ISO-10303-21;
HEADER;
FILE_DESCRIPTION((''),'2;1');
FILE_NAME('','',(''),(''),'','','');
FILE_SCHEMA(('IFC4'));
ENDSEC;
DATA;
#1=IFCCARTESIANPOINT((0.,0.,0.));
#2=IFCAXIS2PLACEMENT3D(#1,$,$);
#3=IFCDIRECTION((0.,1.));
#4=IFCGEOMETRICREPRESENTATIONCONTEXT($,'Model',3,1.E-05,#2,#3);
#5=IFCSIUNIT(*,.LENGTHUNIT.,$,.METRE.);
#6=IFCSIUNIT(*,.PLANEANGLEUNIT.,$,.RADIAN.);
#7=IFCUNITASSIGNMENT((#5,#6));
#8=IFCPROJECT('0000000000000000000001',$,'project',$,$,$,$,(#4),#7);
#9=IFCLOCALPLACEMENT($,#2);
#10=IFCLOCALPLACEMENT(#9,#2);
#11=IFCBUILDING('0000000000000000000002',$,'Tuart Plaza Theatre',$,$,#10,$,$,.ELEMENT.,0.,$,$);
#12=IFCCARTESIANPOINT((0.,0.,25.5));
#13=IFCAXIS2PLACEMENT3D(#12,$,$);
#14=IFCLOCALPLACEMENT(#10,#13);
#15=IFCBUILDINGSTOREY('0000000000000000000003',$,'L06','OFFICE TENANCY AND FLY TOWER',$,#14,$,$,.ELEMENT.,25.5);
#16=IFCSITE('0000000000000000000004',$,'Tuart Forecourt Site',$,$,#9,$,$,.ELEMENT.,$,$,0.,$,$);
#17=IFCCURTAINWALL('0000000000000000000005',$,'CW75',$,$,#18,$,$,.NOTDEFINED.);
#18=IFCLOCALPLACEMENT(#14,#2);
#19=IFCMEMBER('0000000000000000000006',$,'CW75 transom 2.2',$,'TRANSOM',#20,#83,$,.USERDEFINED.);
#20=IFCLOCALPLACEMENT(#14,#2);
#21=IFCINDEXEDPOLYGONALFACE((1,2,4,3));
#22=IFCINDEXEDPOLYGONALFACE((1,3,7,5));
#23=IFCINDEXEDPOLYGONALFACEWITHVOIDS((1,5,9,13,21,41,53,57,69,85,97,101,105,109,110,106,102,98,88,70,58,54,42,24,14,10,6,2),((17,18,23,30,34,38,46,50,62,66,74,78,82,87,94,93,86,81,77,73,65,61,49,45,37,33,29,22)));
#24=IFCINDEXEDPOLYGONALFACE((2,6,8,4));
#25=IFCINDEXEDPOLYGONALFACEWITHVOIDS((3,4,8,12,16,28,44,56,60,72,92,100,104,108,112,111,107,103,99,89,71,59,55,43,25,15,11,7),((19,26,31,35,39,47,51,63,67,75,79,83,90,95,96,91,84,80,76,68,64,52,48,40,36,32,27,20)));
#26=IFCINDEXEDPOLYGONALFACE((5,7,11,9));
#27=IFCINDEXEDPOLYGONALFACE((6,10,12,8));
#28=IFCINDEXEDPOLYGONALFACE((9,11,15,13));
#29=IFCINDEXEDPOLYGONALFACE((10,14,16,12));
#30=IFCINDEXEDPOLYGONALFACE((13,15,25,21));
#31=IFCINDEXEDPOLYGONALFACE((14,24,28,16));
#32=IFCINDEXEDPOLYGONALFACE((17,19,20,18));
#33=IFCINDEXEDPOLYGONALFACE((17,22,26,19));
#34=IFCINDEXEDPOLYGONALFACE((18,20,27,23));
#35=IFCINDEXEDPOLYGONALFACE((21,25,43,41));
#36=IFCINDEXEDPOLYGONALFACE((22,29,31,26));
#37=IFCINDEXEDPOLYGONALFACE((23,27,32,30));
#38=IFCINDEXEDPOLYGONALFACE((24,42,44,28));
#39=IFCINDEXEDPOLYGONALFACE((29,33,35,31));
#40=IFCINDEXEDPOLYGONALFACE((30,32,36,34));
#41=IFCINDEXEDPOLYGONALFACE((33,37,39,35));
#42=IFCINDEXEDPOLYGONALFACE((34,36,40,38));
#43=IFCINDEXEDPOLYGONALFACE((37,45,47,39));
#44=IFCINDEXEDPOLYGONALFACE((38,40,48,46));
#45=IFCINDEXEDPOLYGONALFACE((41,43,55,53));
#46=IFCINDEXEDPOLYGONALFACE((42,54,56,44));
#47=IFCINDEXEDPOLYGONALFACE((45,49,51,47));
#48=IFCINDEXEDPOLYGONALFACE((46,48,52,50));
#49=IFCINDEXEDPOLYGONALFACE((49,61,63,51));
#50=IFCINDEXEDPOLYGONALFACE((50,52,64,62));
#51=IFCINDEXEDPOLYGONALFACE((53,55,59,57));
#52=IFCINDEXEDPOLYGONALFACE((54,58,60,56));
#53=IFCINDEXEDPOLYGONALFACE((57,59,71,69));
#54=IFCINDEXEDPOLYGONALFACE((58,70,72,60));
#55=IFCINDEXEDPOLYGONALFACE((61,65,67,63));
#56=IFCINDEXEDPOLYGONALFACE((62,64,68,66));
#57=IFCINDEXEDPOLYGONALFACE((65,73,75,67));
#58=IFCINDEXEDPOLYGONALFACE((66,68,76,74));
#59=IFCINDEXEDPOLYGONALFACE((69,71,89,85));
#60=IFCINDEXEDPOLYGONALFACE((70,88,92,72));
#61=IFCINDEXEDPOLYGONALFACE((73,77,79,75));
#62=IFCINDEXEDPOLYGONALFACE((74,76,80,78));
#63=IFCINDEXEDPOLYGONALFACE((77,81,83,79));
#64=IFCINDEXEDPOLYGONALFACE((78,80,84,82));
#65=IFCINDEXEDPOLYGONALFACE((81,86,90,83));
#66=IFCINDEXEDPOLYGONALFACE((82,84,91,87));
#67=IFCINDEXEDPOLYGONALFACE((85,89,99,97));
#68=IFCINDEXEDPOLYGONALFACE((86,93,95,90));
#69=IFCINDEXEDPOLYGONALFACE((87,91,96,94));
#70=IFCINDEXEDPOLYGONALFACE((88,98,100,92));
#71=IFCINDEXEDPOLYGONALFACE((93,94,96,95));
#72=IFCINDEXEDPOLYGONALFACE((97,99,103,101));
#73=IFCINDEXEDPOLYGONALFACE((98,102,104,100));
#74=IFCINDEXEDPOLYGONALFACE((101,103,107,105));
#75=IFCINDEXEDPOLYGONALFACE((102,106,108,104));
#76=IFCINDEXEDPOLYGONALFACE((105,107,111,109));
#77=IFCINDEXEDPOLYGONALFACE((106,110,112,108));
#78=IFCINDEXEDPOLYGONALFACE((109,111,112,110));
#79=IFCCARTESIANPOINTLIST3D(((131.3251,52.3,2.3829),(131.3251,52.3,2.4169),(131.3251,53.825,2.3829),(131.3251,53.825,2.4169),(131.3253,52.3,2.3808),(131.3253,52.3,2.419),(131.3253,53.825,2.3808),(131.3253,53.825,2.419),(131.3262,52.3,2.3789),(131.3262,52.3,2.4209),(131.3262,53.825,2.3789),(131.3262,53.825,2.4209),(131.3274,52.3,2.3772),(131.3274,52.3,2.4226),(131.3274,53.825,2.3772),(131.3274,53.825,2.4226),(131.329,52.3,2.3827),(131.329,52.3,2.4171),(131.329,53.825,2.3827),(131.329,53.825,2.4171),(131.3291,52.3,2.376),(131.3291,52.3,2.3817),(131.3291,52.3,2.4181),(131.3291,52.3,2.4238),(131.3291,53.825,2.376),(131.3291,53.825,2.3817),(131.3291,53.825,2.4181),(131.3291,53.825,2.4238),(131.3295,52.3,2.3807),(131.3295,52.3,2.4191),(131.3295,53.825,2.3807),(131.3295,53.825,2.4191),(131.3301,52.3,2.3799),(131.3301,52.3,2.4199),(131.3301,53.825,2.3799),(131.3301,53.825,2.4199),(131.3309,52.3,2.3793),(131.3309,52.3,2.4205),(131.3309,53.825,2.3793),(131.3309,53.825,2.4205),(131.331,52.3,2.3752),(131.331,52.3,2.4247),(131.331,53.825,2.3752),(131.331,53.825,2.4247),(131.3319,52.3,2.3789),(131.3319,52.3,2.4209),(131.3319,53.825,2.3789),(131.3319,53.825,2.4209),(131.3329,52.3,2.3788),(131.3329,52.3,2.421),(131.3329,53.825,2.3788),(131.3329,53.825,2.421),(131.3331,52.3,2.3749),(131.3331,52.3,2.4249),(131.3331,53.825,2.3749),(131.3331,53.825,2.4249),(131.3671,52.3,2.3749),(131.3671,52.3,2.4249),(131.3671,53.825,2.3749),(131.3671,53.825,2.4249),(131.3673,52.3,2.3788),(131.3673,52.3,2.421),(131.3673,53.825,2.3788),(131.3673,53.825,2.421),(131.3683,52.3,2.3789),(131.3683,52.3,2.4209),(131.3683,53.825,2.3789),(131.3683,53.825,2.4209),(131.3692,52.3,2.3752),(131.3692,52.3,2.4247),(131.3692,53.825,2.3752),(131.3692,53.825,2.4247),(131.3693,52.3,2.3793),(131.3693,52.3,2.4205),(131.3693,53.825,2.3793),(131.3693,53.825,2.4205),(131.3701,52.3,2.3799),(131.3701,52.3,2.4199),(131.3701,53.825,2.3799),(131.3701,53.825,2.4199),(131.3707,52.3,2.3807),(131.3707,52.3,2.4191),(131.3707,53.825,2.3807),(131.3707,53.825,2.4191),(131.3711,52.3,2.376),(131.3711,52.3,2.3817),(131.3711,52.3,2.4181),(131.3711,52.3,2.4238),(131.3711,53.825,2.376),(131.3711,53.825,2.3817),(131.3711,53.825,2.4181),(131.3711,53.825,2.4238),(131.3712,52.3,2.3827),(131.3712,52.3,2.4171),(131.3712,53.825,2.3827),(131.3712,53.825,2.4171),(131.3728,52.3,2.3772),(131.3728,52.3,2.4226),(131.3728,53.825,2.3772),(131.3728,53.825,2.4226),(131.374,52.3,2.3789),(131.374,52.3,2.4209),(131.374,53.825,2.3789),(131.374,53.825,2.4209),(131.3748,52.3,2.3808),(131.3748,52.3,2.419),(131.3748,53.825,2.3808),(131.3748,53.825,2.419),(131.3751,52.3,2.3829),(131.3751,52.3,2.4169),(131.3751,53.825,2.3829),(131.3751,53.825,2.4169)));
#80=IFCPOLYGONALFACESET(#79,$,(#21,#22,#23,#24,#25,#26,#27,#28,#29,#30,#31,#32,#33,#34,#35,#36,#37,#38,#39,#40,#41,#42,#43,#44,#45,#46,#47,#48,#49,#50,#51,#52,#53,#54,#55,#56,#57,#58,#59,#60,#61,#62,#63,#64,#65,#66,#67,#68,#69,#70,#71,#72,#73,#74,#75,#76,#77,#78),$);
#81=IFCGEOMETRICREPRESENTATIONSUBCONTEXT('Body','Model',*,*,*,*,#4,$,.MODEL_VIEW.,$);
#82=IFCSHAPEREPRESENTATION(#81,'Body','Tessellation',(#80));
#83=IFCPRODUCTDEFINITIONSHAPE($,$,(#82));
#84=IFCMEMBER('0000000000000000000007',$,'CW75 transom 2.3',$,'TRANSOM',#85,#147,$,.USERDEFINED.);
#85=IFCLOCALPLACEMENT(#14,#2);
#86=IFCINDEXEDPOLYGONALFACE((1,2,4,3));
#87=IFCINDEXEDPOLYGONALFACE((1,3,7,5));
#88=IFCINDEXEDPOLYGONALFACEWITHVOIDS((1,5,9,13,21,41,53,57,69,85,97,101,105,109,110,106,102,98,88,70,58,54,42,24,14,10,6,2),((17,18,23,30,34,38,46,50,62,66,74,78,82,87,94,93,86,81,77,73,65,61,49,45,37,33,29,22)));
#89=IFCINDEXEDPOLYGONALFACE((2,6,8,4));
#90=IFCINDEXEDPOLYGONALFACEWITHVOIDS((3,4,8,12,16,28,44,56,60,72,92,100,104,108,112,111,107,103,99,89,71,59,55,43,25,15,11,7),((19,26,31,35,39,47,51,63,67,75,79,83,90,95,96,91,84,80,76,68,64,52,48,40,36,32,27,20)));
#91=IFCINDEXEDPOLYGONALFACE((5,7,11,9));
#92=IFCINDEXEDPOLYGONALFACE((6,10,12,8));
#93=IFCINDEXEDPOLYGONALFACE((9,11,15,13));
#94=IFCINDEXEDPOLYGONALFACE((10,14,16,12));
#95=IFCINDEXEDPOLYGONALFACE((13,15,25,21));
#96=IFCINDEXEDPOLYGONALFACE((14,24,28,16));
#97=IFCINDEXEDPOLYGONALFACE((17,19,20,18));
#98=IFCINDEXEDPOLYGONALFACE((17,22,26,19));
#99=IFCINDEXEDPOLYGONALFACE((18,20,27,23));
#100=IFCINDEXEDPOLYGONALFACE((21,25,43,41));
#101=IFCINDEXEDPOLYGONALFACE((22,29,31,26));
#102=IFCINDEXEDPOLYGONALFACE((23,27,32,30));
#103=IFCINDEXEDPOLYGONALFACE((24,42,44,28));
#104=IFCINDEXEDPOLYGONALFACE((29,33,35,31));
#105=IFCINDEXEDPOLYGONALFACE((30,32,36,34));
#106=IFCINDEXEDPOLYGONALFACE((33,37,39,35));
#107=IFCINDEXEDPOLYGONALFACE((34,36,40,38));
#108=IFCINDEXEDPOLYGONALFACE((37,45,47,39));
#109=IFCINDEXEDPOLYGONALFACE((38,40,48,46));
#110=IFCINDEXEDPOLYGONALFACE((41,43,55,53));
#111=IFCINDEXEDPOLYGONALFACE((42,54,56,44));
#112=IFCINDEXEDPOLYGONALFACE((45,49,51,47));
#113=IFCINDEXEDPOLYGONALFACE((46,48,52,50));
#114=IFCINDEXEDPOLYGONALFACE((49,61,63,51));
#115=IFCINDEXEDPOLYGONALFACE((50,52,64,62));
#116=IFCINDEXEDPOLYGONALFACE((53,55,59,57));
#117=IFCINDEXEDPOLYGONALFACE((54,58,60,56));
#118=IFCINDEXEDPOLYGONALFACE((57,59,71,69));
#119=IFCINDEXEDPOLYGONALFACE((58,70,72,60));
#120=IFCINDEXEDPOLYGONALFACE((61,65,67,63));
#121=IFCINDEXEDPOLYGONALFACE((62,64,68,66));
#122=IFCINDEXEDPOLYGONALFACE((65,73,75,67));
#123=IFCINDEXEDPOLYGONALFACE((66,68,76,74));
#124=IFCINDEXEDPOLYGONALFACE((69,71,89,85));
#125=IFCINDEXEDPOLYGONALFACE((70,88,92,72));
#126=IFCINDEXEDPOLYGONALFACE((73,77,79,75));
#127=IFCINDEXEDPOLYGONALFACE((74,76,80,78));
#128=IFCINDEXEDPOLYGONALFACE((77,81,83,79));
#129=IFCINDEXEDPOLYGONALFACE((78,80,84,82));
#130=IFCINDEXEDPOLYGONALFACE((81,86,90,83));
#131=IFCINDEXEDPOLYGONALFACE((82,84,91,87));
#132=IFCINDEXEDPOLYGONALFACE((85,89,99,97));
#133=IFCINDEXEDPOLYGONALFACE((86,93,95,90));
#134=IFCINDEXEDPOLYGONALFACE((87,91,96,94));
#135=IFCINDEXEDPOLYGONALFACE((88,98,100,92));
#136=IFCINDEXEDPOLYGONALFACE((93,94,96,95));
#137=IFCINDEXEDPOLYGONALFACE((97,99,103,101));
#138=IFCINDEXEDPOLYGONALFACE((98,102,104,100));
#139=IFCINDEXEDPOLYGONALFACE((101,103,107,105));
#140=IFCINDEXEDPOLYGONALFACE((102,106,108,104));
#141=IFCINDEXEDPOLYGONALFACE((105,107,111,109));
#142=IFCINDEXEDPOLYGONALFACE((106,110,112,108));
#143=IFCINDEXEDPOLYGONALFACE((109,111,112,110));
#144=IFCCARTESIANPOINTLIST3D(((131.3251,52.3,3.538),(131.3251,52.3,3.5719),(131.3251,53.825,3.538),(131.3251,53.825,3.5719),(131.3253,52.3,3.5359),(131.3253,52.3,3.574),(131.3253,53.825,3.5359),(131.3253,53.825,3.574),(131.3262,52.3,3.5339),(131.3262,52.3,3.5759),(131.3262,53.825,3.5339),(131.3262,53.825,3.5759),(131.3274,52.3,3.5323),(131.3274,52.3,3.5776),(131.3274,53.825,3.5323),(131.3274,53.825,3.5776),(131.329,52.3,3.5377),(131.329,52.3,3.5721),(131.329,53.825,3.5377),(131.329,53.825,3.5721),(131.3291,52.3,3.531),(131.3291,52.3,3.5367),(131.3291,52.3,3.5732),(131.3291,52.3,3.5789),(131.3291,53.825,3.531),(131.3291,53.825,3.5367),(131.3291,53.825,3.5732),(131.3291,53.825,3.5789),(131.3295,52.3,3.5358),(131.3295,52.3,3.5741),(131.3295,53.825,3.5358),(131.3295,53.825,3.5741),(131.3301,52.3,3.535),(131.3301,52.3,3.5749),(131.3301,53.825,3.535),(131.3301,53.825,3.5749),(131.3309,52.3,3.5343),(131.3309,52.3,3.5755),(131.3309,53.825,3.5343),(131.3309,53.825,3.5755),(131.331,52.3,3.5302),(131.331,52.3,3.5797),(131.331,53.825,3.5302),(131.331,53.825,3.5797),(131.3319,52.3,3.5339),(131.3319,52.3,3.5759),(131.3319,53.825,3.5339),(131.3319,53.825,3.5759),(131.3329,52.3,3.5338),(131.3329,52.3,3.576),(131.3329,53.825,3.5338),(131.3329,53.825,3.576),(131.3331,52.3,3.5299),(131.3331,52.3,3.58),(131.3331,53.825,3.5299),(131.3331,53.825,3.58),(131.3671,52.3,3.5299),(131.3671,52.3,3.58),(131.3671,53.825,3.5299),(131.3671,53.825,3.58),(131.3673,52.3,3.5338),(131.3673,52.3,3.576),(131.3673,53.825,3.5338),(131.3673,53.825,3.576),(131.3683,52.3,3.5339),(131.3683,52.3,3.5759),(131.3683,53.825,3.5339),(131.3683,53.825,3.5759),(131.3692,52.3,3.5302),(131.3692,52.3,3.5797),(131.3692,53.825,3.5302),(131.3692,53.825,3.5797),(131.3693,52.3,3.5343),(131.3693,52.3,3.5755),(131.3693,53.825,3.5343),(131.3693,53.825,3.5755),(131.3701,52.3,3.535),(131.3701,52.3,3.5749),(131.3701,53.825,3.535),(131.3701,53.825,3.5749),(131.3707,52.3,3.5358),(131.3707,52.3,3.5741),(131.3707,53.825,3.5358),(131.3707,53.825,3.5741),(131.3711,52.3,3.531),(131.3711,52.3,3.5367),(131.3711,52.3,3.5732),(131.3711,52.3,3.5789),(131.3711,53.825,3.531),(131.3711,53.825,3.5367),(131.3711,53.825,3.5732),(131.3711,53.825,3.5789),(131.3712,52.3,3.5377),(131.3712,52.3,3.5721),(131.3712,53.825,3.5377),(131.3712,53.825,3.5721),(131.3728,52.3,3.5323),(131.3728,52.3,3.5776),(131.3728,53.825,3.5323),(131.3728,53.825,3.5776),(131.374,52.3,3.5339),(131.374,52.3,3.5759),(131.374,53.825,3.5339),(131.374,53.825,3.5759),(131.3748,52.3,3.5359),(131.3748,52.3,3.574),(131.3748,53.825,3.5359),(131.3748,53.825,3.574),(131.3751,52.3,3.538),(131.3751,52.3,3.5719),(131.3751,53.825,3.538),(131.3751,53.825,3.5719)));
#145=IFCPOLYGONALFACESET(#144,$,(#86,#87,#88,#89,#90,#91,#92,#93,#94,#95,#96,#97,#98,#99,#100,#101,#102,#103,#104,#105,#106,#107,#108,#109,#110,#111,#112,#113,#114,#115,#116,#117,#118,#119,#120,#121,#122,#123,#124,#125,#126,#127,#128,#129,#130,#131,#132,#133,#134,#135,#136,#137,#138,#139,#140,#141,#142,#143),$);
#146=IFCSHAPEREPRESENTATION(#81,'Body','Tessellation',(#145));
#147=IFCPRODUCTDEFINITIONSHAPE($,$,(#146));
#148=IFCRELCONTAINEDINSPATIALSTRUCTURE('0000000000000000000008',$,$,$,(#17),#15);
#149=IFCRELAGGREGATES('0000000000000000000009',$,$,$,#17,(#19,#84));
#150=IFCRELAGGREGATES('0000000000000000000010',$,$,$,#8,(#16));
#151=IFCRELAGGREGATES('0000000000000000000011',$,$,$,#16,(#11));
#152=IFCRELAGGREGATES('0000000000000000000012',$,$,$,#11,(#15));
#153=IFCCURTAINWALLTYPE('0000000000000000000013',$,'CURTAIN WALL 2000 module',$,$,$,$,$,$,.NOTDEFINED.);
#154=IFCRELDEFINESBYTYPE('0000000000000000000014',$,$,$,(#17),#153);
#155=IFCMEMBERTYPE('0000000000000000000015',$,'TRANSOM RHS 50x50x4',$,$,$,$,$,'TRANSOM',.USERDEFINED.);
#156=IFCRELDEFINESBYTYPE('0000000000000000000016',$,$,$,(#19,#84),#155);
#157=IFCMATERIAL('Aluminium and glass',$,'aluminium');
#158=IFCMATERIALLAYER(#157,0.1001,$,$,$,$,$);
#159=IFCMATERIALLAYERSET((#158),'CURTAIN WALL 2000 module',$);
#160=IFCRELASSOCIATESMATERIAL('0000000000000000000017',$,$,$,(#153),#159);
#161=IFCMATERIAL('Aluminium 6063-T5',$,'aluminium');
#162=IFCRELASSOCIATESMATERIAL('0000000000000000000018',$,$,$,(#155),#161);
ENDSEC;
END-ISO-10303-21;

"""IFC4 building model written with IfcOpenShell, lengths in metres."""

from ifc_helpers import new_model, si_unit, direction, frame, origin, origin_2d, place, context, subcontext, project, spatial, hollow_rectangle, extrude, material, layer, layer_set, material_profile, profile_set, type_object, element, aggregate, save


model = new_model("IFC4")

# Units and contexts
model_context = context("Model", 3, precision=1e-05, world=origin(), true_north=direction((0.0, 1.0)))
body_context = subcontext(model_context, "Body", "Model", "MODEL_VIEW")
ifc_project = project(units=[si_unit("LENGTHUNIT", "METRE"), si_unit("PLANEANGLEUNIT", "RADIAN")], contexts=[model_context])

# Site, building, storey
site_placement = place(None, origin())
site = spatial("IfcSite", under=ifc_project, at=site_placement, Name="Tuart Forecourt Site", CompositionType="ELEMENT", RefElevation=0.0)
building_placement = place(site_placement, origin())
building = spatial("IfcBuilding", under=site, at=building_placement, Name="Tuart Plaza Theatre", CompositionType="ELEMENT", ElevationOfRefHeight=0.0)
storey_placement = place(building_placement, frame((0.0, 0.0, 25.5)))
storey = spatial("IfcBuildingStorey", under=building, at=storey_placement, Name="L06", Description="OFFICE TENANCY AND FLY TOWER", CompositionType="ELEMENT", Elevation=25.5)

# Curtain wall
ifc_material_1 = material(Name="Aluminium and glass", Category="aluminium")
ifc_layer_1 = layer(ifc_material_1, 0.1001)
ifc_layer_set_1 = layer_set([ifc_layer_1], Name="CURTAIN WALL 2000 module")
curtain_wall_type = type_object("IfcCurtainWallType", Name="CURTAIN WALL 2000 module", PredefinedType="NOTDEFINED", material=ifc_layer_set_1)
curtain_wall_1_placement = place(storey_placement, origin())
curtain_wall_1 = element("IfcCurtainWall", 1, at=curtain_wall_1_placement, inside=storey, type_object=curtain_wall_type, Name="CW75", PredefinedType="NOTDEFINED")

# Members
ifc_material_2 = material(Name="Aluminium 6063-T5", Category="aluminium")
ifc_material_profile_1 = material_profile(ifc_material_2, hollow_rectangle(XDim=0.05, YDim=0.05, WallThickness=0.0039, InnerFilletRadius=0.0039, OuterFilletRadius=0.0081, at=origin_2d()), Name="RHS 50x50x4")
ifc_profile_set_1 = profile_set([ifc_material_profile_1], Name="Aluminium 6063-T5")
member_type_1 = type_object("IfcMemberType", Name="TRANSOM RHS 50x50x4", ElementType="TRANSOM", PredefinedType="USERDEFINED", material=ifc_profile_set_1)
member_1_placement = place(storey_placement, frame((131.3501, 53.825, 2.3999), z_axis=(0.0, -1.0, 0.0), x_axis=(1.0, 0.0, 0.0)))
member_1 = element("IfcMember", 2, at=member_1_placement, type_object=member_type_1, Name="CW75 transom 2.2", ObjectType="TRANSOM", PredefinedType="USERDEFINED", context=body_context, shape_type="SweptSolid", body=[
    extrude(hollow_rectangle(XDim=0.05, YDim=0.05, WallThickness=0.0039, InnerFilletRadius=0.0039, OuterFilletRadius=0.0081, at=origin_2d()), origin(), (0.0, 0.0, 1.0), 1.5249),
])
member_2_placement = place(storey_placement, frame((131.3501, 53.825, 3.5549), z_axis=(0.0, -1.0, 0.0), x_axis=(1.0, 0.0, 0.0)))
member_2 = element("IfcMember", 3, at=member_2_placement, type_object=member_type_1, Name="CW75 transom 2.3", ObjectType="TRANSOM", PredefinedType="USERDEFINED", context=body_context, shape_type="SweptSolid", body=[
    extrude(hollow_rectangle(XDim=0.05, YDim=0.05, WallThickness=0.0039, InnerFilletRadius=0.0039, OuterFilletRadius=0.0081, at=origin_2d()), origin(), (0.0, 0.0, 1.0), 1.5249),
])

aggregate(curtain_wall_1, [member_1, member_2])

save(model, "model.ifc")
